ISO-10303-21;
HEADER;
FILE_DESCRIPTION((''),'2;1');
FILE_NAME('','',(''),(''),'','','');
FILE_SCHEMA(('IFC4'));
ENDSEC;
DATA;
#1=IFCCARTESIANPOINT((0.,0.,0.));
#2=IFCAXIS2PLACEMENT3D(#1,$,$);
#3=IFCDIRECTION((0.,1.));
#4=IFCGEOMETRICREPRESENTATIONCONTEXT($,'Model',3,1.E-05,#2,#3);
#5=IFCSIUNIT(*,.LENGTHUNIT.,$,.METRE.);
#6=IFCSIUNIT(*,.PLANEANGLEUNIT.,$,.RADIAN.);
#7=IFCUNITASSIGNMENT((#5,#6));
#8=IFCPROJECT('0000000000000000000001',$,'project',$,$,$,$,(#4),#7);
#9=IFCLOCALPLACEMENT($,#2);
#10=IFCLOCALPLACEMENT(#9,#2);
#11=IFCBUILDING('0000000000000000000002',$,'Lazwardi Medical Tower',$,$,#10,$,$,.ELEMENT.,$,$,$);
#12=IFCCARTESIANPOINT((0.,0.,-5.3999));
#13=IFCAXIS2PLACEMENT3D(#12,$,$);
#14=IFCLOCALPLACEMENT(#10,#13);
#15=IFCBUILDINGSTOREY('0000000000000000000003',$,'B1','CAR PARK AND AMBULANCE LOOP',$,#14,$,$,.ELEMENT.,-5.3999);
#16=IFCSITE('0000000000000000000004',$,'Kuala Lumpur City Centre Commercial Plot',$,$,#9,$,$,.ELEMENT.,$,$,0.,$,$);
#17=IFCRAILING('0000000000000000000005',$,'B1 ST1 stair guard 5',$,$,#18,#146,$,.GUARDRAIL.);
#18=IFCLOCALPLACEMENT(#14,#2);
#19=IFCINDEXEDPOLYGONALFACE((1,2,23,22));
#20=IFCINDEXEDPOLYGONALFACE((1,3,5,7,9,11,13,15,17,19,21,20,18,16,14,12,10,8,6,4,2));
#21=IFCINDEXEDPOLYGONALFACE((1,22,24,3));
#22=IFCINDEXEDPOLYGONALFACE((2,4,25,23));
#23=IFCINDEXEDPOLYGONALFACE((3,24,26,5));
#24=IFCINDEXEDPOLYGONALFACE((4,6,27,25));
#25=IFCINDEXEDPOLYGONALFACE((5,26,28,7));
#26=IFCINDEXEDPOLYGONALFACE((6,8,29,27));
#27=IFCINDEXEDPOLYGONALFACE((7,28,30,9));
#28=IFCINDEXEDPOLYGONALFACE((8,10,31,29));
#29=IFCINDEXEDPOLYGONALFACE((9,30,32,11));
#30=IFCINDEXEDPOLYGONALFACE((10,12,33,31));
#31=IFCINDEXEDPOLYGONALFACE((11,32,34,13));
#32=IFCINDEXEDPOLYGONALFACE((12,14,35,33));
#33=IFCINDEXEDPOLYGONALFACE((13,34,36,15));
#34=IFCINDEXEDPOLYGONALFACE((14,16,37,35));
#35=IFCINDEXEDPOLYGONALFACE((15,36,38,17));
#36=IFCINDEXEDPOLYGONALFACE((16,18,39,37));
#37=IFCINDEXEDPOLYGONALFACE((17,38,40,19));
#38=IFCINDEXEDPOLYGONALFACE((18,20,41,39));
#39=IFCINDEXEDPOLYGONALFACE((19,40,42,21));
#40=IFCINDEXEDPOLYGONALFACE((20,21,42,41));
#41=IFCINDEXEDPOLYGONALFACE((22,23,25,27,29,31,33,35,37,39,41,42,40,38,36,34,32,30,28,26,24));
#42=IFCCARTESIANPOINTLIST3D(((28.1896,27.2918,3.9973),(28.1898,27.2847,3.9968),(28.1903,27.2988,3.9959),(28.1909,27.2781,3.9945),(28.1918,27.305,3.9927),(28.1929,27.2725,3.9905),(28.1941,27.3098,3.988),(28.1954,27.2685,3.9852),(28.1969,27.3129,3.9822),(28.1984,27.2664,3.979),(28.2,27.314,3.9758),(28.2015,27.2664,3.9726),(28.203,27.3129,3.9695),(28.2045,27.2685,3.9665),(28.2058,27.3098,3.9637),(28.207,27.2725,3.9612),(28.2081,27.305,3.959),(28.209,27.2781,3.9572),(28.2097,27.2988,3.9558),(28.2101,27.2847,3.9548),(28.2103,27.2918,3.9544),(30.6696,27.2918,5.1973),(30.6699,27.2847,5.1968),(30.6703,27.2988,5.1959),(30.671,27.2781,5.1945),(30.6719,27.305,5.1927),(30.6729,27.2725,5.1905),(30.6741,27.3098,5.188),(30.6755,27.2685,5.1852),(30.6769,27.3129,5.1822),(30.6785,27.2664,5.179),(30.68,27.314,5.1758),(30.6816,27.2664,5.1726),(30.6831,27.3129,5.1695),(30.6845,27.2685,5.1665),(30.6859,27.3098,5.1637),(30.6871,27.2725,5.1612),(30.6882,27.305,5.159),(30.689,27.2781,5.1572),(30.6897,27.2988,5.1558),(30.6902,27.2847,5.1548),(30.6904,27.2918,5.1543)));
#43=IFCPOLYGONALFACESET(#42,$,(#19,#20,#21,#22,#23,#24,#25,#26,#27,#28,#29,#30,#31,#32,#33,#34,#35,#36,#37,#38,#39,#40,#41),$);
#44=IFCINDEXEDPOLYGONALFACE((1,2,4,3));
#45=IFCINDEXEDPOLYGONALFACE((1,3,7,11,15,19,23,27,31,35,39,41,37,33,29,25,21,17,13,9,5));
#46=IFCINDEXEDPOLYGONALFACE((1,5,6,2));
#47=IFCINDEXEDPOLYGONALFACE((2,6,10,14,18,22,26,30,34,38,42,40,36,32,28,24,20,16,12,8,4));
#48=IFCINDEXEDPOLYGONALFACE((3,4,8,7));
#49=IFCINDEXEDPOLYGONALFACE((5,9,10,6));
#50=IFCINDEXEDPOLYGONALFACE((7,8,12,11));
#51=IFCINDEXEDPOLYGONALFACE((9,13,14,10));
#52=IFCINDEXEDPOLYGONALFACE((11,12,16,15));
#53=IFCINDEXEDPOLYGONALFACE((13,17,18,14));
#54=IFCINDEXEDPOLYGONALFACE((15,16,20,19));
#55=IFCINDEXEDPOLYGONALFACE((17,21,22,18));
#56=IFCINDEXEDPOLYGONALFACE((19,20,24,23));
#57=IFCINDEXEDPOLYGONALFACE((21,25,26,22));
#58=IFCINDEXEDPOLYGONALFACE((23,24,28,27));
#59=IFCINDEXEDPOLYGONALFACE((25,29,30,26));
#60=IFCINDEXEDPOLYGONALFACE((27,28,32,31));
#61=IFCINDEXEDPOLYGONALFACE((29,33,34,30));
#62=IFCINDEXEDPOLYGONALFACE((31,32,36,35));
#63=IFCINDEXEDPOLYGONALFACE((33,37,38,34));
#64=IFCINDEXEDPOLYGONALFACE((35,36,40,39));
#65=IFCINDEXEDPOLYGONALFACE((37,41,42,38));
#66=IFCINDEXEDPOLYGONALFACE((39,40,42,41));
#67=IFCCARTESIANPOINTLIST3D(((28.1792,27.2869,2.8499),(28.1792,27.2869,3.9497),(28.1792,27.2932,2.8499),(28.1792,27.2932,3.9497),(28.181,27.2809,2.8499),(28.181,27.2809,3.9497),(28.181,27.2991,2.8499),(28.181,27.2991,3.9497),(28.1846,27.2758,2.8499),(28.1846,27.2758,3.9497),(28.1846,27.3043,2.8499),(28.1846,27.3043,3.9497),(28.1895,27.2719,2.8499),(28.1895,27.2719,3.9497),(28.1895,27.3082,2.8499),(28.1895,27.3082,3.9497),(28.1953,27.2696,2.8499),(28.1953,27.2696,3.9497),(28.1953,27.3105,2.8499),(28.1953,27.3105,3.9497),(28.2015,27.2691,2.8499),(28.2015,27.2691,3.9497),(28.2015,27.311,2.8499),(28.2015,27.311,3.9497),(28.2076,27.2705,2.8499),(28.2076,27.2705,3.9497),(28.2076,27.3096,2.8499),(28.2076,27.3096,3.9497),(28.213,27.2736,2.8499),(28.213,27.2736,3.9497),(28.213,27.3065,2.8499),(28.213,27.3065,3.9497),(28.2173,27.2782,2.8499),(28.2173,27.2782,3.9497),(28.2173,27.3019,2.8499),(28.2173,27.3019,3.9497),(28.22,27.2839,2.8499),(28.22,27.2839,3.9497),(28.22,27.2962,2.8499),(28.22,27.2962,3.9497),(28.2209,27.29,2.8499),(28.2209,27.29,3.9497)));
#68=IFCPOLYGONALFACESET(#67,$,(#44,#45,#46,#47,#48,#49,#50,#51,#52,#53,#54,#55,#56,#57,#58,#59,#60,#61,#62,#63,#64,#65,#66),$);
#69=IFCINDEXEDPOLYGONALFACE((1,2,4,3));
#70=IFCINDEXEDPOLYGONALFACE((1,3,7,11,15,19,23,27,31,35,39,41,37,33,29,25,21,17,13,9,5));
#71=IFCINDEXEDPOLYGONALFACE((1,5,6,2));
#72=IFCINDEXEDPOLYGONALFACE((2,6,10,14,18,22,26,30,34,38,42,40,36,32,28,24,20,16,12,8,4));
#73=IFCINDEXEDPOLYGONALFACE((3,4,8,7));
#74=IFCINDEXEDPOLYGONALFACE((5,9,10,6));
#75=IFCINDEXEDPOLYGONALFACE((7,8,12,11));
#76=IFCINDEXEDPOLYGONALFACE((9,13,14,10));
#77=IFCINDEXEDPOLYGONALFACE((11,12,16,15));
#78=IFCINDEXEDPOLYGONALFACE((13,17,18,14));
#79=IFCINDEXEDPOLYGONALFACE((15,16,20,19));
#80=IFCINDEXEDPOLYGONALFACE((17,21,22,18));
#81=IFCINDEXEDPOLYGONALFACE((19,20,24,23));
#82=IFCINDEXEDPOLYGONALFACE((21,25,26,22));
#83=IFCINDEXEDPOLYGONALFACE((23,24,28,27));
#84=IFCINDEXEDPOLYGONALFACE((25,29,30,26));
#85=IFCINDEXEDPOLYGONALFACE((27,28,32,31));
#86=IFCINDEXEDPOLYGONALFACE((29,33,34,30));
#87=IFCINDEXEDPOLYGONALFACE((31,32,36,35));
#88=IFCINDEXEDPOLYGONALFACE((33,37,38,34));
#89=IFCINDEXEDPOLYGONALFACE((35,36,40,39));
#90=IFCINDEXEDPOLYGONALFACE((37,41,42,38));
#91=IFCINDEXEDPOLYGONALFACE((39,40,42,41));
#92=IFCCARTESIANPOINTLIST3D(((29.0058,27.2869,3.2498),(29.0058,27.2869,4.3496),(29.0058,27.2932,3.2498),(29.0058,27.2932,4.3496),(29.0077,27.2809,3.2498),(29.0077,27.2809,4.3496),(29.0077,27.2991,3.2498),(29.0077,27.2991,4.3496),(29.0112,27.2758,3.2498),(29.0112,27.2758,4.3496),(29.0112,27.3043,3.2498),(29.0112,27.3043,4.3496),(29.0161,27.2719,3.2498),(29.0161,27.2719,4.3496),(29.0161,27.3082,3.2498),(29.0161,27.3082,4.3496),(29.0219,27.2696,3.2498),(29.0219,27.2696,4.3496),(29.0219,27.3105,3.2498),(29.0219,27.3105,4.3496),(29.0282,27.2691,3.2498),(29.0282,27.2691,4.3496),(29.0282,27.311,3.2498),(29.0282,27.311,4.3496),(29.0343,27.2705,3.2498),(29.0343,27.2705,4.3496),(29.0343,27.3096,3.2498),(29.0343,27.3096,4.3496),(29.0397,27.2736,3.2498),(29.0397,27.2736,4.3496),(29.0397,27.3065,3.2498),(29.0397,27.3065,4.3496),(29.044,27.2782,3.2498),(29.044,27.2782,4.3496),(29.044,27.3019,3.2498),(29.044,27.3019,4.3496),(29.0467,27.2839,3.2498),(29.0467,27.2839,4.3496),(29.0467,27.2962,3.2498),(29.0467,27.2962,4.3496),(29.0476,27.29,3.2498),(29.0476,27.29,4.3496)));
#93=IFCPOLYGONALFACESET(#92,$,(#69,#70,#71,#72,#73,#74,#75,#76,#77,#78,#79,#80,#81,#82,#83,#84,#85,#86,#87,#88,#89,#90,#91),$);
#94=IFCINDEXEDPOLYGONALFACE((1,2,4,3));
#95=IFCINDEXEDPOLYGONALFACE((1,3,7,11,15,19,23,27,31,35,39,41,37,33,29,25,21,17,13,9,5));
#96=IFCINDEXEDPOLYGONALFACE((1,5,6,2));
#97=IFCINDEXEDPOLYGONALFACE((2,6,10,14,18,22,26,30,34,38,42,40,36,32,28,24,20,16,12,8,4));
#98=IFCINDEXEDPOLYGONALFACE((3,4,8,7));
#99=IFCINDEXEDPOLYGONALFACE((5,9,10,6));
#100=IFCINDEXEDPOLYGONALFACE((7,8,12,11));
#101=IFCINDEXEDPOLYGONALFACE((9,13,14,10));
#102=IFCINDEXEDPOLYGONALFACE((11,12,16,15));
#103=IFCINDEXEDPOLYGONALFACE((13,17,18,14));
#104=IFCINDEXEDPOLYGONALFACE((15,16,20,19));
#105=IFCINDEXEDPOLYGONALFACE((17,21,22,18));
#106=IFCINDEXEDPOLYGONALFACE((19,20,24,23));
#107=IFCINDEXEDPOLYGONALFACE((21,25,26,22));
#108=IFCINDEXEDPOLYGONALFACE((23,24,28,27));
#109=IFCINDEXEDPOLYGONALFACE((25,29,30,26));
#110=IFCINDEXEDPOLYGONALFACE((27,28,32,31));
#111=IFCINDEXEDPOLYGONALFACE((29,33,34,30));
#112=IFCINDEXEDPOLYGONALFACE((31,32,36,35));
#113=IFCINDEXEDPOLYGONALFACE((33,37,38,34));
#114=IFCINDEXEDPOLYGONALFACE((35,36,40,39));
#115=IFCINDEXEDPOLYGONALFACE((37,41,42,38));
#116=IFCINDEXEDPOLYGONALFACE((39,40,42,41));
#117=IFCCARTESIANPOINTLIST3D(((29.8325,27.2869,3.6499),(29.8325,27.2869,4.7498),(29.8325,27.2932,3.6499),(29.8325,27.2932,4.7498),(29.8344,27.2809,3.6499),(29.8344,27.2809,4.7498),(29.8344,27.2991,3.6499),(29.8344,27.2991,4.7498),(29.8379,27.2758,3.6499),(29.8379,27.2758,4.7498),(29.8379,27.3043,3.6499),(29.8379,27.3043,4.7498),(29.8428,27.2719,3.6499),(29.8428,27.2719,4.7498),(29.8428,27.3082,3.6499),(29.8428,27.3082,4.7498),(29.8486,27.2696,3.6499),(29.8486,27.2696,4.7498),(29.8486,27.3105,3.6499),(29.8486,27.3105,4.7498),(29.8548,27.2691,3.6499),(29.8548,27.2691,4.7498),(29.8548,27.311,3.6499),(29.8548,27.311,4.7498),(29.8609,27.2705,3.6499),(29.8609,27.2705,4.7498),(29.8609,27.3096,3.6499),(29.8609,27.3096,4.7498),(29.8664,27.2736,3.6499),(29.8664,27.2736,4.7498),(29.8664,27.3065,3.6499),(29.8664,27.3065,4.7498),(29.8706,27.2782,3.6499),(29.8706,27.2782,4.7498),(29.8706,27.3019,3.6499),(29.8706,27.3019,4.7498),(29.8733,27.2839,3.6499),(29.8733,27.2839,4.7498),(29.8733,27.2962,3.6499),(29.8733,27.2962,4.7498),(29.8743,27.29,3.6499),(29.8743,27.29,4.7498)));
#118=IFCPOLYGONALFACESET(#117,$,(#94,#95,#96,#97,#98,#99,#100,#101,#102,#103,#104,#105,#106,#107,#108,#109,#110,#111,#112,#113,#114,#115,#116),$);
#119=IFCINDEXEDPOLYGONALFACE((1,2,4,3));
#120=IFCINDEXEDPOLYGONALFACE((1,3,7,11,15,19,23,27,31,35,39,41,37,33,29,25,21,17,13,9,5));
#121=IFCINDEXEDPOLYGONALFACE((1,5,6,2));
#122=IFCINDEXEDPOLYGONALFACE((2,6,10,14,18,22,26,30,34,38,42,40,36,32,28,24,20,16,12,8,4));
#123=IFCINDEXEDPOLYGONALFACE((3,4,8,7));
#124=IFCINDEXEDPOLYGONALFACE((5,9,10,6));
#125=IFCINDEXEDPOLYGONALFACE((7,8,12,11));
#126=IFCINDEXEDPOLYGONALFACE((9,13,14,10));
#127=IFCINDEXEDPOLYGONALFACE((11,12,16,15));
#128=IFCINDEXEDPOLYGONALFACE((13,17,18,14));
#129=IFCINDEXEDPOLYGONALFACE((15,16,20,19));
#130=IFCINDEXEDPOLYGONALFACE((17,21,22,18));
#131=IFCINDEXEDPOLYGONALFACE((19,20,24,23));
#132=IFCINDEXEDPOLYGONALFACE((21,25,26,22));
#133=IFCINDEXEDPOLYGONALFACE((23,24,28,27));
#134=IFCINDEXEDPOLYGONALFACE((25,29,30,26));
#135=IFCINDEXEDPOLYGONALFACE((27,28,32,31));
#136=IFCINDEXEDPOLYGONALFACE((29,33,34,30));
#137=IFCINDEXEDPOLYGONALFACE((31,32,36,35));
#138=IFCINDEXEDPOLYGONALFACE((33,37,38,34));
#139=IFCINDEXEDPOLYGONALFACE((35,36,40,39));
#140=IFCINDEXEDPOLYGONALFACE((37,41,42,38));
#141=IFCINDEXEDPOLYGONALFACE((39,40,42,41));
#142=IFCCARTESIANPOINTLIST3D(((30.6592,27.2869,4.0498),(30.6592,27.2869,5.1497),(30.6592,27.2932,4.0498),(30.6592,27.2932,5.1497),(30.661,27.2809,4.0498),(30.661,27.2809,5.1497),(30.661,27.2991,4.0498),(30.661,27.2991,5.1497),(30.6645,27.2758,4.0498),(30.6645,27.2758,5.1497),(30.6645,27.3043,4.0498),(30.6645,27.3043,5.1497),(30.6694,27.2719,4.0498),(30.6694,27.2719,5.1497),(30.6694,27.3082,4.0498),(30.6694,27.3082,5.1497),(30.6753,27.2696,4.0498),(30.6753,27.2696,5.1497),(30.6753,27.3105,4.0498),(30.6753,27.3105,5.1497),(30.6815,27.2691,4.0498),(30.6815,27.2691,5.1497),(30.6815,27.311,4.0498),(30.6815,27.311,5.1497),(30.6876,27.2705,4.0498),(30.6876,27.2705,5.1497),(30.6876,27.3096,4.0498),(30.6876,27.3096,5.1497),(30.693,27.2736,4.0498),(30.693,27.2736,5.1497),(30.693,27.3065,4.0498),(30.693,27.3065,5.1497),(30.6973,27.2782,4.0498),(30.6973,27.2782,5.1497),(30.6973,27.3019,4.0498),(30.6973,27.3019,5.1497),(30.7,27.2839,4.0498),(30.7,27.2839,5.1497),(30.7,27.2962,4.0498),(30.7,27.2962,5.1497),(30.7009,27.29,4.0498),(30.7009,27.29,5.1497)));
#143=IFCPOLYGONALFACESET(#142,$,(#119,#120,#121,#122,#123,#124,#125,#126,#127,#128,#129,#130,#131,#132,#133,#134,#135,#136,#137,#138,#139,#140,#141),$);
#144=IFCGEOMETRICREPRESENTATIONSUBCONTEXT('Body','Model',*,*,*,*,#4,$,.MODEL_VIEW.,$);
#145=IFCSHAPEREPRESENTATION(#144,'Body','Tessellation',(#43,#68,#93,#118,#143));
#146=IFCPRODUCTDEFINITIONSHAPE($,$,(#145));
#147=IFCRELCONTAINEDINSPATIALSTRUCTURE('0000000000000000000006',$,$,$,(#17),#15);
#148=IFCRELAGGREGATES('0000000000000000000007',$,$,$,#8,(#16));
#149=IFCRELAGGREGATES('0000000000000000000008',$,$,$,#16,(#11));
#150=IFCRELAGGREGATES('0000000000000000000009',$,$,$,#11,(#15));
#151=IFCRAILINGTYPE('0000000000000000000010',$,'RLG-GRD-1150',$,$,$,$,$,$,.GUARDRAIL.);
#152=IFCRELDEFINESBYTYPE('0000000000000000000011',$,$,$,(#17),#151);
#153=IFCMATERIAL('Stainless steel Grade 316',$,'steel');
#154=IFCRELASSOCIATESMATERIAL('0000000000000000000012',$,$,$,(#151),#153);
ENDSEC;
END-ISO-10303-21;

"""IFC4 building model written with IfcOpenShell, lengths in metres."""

from ifc_helpers import new_model, si_unit, direction, frame, origin, origin_2d, place, context, subcontext, project, spatial, circle, extrude, material, type_object, element, save


model = new_model("IFC4")

# Units and contexts
model_context = context("Model", 3, precision=1e-05, world=origin(), true_north=direction((0.0, 1.0)))
body_context = subcontext(model_context, "Body", "Model", "MODEL_VIEW")
ifc_project = project(units=[si_unit("LENGTHUNIT", "METRE"), si_unit("PLANEANGLEUNIT", "RADIAN")], contexts=[model_context])

# Site, building, storey
site_placement = place(None, origin())
site = spatial("IfcSite", under=ifc_project, at=site_placement, Name="Kuala Lumpur City Centre Commercial Plot", CompositionType="ELEMENT", RefElevation=0.0)
building_placement = place(site_placement, origin())
building = spatial("IfcBuilding", under=site, at=building_placement, Name="Lazwardi Medical Tower", CompositionType="ELEMENT")
storey_placement = place(building_placement, frame((0.0, 0.0, -5.3999)))
storey = spatial("IfcBuildingStorey", under=building, at=storey_placement, Name="B1", Description="CAR PARK AND AMBULANCE LOOP", CompositionType="ELEMENT", Elevation=-5.3999)

# Railing
ifc_material_1 = material(Name="Stainless steel Grade 316", Category="steel")
railing_type_1 = type_object("IfcRailingType", Name="RLG-GRD-1150", PredefinedType="GUARDRAIL", material=ifc_material_1)
railing_1_placement = place(storey_placement, frame((28.2, 27.29, 2.8499)))
element("IfcRailing", 1, at=railing_1_placement, inside=storey, type_object=railing_type_1, Name="B1 ST1 stair guard 5", PredefinedType="GUARDRAIL", context=body_context, shape_type="SweptSolid", body=[
    extrude(circle(Radius=0.0239, at=origin_2d()), frame((0.0, 0.0, 1.126), z_axis=(0.900165, 0.0, 0.435549), x_axis=(0.0, 1.0, 0.0)), (0.0, 0.0, 1.0), 2.7551),
    extrude(circle(Radius=0.021, at=origin_2d()), origin(), (0.0, 0.0, 1.0), 1.0999),
    extrude(circle(Radius=0.021, at=origin_2d()), frame((0.8267, 0.0, 0.3999)), (0.0, 0.0, 1.0), 1.0999),
    extrude(circle(Radius=0.021, at=origin_2d()), frame((1.6533, 0.0, 0.8)), (0.0, 0.0, 1.0), 1.0999),
    extrude(circle(Radius=0.021, at=origin_2d()), frame((2.48, 0.0, 1.2)), (0.0, 0.0, 1.0), 1.0999),
])

save(model, "model.ifc")
